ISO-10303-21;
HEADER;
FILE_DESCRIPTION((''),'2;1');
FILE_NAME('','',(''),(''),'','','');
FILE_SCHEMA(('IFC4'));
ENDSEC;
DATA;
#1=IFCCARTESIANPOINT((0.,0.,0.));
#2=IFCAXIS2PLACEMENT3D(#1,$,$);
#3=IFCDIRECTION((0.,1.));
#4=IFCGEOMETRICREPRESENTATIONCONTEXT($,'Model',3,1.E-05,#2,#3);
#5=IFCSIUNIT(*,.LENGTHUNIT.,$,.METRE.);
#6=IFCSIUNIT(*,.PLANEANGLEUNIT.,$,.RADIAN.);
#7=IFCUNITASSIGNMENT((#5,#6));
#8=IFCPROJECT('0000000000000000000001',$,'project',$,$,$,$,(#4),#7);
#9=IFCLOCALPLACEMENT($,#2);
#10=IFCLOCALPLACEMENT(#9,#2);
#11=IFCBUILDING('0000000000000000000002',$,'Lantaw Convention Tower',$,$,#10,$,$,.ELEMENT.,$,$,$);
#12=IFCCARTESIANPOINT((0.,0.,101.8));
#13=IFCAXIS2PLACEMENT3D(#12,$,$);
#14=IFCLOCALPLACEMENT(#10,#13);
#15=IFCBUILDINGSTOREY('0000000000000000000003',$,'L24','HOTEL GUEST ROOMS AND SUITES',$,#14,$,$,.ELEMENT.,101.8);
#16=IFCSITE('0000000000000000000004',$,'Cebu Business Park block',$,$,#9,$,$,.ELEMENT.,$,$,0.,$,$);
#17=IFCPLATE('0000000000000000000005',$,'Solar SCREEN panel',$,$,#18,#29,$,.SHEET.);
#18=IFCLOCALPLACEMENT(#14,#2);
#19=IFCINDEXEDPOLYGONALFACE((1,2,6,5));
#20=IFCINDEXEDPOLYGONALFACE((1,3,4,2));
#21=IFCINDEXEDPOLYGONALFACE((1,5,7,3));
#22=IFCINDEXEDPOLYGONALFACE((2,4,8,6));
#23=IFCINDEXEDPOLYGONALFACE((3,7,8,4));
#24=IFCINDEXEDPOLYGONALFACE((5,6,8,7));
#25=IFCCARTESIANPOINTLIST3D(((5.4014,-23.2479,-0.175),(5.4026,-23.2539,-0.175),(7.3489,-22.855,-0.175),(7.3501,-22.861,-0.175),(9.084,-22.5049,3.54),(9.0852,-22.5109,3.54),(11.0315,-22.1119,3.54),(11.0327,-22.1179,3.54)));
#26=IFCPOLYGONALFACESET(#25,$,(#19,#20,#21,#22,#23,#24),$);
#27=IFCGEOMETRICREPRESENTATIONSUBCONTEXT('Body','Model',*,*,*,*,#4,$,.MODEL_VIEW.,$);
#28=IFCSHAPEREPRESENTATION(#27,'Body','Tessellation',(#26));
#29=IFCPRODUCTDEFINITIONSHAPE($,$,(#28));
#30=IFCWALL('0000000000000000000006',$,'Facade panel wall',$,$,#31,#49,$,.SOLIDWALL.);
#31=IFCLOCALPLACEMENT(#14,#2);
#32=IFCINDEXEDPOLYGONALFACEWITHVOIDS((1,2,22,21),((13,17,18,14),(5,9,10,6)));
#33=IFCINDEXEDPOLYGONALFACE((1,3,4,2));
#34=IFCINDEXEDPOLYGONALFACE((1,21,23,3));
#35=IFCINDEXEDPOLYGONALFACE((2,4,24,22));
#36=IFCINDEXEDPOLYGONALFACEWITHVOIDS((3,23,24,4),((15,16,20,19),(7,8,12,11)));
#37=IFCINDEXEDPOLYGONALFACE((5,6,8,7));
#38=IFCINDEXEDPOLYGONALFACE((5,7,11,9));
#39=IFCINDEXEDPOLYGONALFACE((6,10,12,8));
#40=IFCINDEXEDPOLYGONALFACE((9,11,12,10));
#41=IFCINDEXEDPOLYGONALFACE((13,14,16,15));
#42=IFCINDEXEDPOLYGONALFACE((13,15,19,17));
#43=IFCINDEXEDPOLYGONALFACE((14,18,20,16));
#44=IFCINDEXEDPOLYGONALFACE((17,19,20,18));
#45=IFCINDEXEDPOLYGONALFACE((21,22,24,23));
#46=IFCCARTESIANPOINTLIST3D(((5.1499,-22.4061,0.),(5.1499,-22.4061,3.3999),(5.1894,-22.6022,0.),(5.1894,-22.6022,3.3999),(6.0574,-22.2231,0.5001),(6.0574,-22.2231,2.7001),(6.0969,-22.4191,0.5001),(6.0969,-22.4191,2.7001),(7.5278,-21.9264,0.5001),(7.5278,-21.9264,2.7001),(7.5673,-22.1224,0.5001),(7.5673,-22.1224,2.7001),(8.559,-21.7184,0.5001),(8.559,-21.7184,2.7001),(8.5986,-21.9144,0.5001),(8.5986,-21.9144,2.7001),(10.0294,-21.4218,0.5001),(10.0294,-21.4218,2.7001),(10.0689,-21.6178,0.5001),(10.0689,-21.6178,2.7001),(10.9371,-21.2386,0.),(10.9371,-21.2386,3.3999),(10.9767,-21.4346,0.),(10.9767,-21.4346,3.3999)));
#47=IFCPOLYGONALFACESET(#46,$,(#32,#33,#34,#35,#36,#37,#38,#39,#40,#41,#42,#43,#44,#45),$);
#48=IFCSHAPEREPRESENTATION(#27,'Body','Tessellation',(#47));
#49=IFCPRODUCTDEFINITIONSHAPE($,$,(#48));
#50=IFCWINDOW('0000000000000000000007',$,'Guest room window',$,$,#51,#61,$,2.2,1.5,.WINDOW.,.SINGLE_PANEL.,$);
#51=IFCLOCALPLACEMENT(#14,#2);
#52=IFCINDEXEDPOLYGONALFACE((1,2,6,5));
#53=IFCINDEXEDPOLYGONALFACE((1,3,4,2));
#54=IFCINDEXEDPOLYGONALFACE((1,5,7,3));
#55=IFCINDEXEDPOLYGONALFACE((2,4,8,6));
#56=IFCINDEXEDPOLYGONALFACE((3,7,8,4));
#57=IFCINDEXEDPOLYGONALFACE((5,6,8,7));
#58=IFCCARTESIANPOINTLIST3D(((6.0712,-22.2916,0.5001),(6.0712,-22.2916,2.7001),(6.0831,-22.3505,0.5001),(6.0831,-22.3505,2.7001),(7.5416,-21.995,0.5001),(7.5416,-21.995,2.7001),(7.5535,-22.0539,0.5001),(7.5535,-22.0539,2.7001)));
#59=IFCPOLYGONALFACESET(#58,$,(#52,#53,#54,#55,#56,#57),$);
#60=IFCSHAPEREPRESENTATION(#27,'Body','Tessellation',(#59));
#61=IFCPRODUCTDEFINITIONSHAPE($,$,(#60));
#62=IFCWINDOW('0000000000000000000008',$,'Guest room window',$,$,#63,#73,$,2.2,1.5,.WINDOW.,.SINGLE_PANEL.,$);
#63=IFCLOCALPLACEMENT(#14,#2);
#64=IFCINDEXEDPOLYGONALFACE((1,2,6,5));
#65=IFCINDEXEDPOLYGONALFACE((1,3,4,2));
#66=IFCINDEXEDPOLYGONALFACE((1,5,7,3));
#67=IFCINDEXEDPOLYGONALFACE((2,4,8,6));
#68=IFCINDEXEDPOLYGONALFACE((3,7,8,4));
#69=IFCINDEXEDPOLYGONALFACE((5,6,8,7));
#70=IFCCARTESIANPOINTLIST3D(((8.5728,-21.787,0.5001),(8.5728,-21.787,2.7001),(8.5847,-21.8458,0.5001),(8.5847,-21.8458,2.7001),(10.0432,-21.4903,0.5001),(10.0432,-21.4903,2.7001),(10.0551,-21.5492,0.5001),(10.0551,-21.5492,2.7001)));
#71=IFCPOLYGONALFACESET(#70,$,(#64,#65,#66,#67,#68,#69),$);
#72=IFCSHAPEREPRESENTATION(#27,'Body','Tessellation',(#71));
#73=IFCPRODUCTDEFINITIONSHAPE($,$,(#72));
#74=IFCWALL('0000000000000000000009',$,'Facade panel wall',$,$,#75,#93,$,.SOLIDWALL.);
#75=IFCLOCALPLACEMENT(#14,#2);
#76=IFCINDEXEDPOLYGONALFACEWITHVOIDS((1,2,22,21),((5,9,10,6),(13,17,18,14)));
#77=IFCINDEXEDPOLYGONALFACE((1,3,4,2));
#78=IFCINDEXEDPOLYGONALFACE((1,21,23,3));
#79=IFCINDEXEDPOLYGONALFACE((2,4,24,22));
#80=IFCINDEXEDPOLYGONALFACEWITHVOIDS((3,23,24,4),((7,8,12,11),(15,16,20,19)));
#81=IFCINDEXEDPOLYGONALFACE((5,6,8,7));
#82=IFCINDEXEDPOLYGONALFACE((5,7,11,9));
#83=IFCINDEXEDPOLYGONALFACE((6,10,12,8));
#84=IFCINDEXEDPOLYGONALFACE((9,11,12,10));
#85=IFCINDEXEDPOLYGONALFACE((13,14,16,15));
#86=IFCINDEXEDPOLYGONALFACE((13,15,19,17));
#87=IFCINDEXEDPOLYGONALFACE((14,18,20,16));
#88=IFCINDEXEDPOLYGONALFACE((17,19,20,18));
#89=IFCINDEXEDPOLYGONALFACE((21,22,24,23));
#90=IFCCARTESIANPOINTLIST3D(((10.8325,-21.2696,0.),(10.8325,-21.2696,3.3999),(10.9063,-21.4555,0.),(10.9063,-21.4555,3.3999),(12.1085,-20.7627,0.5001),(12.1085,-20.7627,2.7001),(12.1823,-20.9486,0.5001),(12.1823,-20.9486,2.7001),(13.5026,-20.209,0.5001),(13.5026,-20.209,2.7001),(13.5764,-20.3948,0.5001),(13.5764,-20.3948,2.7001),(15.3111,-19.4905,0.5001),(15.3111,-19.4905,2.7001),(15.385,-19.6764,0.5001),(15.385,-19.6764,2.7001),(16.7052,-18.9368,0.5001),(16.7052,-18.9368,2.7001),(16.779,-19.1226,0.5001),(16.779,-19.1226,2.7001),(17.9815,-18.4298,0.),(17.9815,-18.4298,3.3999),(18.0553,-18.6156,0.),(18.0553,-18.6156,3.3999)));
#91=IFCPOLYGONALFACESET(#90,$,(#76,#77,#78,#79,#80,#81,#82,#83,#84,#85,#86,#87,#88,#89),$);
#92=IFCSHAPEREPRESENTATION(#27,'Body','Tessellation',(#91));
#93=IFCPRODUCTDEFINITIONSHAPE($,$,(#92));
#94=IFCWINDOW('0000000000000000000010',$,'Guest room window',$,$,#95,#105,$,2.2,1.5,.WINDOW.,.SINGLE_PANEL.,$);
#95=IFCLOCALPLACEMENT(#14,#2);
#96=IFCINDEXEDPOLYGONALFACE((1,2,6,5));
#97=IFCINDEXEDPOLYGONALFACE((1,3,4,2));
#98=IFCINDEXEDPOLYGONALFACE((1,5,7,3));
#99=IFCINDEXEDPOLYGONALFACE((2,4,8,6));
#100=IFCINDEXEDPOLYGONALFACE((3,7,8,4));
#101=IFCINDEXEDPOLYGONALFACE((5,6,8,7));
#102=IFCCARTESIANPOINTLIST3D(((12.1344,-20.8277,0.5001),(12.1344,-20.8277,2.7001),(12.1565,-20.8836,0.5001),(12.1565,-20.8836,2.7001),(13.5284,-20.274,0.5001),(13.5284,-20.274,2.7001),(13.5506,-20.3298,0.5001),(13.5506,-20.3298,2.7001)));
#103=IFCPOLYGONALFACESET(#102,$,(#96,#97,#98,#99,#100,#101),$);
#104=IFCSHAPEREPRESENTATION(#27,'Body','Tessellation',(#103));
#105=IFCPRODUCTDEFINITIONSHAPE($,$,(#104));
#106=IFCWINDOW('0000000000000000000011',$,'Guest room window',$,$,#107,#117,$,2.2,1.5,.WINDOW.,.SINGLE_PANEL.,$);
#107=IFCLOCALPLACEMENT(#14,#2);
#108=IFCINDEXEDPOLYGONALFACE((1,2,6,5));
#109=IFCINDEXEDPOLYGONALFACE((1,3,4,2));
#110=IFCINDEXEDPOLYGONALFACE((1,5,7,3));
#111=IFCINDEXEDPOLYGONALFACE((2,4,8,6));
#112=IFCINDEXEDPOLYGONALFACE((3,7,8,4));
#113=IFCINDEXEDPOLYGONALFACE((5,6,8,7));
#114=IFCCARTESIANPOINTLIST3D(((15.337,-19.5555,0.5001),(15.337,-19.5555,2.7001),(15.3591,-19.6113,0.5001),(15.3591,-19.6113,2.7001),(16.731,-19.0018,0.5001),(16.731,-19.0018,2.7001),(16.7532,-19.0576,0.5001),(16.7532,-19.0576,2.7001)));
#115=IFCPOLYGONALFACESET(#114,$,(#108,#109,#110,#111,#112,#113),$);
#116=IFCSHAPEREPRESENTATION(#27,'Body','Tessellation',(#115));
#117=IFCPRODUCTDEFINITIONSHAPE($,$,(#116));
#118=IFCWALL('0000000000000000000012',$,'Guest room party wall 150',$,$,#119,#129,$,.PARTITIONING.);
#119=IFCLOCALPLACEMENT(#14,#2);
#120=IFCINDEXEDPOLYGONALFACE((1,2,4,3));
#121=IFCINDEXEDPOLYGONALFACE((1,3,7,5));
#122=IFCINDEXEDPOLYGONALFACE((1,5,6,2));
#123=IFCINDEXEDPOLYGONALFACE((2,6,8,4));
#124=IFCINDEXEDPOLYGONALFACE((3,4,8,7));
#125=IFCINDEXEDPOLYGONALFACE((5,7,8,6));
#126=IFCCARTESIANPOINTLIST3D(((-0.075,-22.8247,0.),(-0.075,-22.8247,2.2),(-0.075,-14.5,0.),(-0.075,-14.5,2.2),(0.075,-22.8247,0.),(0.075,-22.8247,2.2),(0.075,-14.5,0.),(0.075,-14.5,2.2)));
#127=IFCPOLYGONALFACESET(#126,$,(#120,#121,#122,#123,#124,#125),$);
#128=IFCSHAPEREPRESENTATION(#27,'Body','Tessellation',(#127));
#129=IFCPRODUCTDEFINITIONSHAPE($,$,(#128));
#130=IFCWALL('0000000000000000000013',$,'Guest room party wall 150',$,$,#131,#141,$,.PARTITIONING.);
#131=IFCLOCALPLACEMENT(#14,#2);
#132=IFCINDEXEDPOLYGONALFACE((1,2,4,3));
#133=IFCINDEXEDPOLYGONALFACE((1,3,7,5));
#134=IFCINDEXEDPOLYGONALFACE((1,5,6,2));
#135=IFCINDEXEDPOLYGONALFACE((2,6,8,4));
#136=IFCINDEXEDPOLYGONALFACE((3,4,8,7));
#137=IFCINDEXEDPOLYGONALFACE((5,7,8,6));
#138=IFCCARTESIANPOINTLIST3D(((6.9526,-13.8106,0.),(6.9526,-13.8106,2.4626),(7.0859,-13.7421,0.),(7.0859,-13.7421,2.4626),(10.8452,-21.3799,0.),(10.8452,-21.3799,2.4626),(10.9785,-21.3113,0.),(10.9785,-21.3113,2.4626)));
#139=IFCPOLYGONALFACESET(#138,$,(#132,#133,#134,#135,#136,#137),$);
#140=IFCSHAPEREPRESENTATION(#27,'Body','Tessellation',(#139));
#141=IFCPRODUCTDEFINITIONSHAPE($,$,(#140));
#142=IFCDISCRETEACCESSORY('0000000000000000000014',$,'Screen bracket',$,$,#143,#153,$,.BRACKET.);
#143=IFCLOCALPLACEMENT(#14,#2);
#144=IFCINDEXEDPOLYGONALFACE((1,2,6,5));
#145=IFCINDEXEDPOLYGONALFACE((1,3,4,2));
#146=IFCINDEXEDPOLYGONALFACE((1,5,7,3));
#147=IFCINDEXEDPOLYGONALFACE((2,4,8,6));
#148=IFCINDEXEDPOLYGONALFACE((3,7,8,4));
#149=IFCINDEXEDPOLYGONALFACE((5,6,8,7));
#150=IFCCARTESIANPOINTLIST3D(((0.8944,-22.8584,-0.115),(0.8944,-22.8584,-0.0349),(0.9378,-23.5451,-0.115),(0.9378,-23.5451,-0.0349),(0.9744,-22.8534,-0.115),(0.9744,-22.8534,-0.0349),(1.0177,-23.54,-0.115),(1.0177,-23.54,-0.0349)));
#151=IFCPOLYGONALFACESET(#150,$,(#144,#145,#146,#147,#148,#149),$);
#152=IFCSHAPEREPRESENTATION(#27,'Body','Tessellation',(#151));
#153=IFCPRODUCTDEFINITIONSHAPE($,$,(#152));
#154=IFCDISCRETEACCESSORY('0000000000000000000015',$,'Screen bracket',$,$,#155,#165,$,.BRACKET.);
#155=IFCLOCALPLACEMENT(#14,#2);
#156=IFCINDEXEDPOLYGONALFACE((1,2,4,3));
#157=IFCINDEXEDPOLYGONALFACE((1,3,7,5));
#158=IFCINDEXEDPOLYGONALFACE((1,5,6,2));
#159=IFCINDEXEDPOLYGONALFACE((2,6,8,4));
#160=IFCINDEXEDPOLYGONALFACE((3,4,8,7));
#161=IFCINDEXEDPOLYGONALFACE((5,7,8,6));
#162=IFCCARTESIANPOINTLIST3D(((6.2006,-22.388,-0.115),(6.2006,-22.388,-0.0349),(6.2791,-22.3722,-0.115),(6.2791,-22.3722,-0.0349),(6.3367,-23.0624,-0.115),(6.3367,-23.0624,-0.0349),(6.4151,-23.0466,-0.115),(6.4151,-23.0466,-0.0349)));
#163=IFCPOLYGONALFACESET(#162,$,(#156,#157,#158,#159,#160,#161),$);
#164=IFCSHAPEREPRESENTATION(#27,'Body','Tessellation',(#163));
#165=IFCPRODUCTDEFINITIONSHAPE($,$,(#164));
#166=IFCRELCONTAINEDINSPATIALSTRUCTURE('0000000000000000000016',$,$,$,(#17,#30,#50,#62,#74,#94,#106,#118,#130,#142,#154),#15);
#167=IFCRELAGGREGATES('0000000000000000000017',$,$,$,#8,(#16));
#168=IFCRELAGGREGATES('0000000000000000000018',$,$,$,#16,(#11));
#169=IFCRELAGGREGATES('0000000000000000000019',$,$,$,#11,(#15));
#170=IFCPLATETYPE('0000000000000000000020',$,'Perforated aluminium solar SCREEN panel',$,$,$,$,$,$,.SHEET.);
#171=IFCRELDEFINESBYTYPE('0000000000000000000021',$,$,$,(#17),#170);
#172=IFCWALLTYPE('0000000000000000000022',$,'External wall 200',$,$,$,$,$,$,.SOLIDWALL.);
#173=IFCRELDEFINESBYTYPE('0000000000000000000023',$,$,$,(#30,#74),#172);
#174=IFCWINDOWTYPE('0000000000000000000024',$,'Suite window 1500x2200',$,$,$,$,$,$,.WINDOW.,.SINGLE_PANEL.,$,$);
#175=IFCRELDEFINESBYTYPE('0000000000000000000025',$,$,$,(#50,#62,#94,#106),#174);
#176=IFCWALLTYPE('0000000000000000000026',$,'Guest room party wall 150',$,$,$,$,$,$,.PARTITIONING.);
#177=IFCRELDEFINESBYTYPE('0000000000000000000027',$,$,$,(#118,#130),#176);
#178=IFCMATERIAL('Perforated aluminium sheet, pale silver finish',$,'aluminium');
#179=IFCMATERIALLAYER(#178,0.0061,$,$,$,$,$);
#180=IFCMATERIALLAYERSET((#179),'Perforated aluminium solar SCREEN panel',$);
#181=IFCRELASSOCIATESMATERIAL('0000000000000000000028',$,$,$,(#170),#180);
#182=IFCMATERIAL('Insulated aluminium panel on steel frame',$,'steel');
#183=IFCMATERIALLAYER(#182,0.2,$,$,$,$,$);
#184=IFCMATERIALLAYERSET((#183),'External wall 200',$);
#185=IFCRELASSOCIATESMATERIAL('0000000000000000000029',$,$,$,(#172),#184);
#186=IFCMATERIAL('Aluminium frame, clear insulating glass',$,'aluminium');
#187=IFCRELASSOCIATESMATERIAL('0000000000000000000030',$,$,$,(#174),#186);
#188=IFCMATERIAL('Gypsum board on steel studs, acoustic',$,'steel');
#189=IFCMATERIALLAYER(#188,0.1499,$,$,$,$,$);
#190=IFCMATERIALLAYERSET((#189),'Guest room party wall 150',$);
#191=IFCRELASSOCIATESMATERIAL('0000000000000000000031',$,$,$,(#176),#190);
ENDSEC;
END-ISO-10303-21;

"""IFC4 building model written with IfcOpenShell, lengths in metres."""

from ifc_helpers import new_model, si_unit, direction, frame, frame_2d, origin, origin_2d, place, context, subcontext, project, spatial, polyline, rectangle, outline, extrude, material, layer, layer_set, type_object, element, fill, save


model = new_model("IFC4")

# Units and contexts
model_context = context("Model", 3, precision=1e-05, world=origin(), true_north=direction((0.0, 1.0)))
body_context = subcontext(model_context, "Body", "Model", "MODEL_VIEW")
ifc_project = project(units=[si_unit("LENGTHUNIT", "METRE"), si_unit("PLANEANGLEUNIT", "RADIAN")], contexts=[model_context])

# Site, building, storey
site_placement = place(None, origin())
site = spatial("IfcSite", under=ifc_project, at=site_placement, Name="Cebu Business Park block", CompositionType="ELEMENT", RefElevation=0.0)
building_placement = place(site_placement, origin())
building = spatial("IfcBuilding", under=site, at=building_placement, Name="Lantaw Convention Tower", CompositionType="ELEMENT")
storey_placement = place(building_placement, frame((0.0, 0.0, 101.8)))
storey = spatial("IfcBuildingStorey", under=building, at=storey_placement, Name="L24", Description="HOTEL GUEST ROOMS AND SUITES", CompositionType="ELEMENT", Elevation=101.8)

# Plate
ifc_material_1 = material(Name="Perforated aluminium sheet, pale silver finish", Category="aluminium")
ifc_layer_1 = layer(ifc_material_1, 0.0061)
ifc_layer_set_1 = layer_set([ifc_layer_1], Name="Perforated aluminium solar SCREEN panel")
plate_type = type_object("IfcPlateType", Name="Perforated aluminium solar SCREEN panel", PredefinedType="SHEET", material=ifc_layer_set_1)
plate_1_placement = place(storey_placement, frame((5.4026, -23.2539, -0.175), z_axis=(0.197782, -0.980246, 0.000002), x_axis=(0.980246, 0.197782, 0.0)))
element("IfcPlate", 1, at=plate_1_placement, inside=storey, type_object=plate_type, Name="Solar SCREEN panel", PredefinedType="SHEET", context=body_context, shape_type="SweptSolid", body=[
    extrude(outline(polyline([(0.0, 0.0), (1.9867, 0.0), (5.7436, 3.7151), (3.7568, 3.7151), (0.0, 0.0)])), origin(), (0.0, 0.0, -1.0), 0.0061),
])

# Walls, openings, windows
ifc_material_2 = material(Name="Insulated aluminium panel on steel frame", Category="steel")
ifc_layer_2 = layer(ifc_material_2, 0.2)
ifc_layer_set_2 = layer_set([ifc_layer_2], Name="External wall 200")
wall_type_1 = type_object("IfcWallType", Name="External wall 200", PredefinedType="SOLIDWALL", material=ifc_layer_set_2)
wall_1_placement = place(storey_placement, frame((5.1697, -22.5042, 0.0), z_axis=(0.0, 0.0, 1.0), x_axis=(0.980252, 0.197754, 0.0)))
wall_1 = element("IfcWall", 2, at=wall_1_placement, inside=storey, type_object=wall_type_1, Name="Facade panel wall", PredefinedType="SOLIDWALL", context=body_context, shape_type="SweptSolid", body=[
    extrude(rectangle(XDim=5.9038, YDim=0.2, at=frame_2d((2.9519, 0.0))), origin(), (0.0, 0.0, 1.0), 3.3999),
])
opening_1_placement = place(wall_1_placement, frame((0.9258, 0.0, 0.5)))
opening_1 = element("IfcOpeningElement", 3, at=opening_1_placement, cuts=wall_1, PredefinedType="OPENING", context=body_context, shape_type="SweptSolid", body=[
    extrude(rectangle(XDim=1.5, YDim=2.2, at=frame_2d((0.75, 1.1001))), frame((0.0, 0.1099, 0.0), z_axis=(0.0, -1.0, 0.0), x_axis=(1.0, 0.0, 0.0)), (0.0, 0.0, 1.0), 0.22),
])
opening_2_placement = place(wall_1_placement, frame((3.4778, 0.0, 0.5)))
opening_2 = element("IfcOpeningElement", 4, at=opening_2_placement, cuts=wall_1, PredefinedType="OPENING", context=body_context, shape_type="SweptSolid", body=[
    extrude(rectangle(XDim=1.5, YDim=2.2, at=frame_2d((0.75, 1.1001))), frame((0.0, 0.1099, 0.0), z_axis=(0.0, -1.0, 0.0), x_axis=(1.0, 0.0, 0.0)), (0.0, 0.0, 1.0), 0.22),
])
ifc_material_3 = material(Name="Aluminium frame, clear insulating glass", Category="aluminium")
window_type = type_object("IfcWindowType", Name="Suite window 1500x2200", PartitioningType="SINGLE_PANEL", PredefinedType="WINDOW", material=ifc_material_3)
window_1_placement = place(opening_1_placement, origin())
window_1 = element("IfcWindow", 5, at=window_1_placement, inside=storey, type_object=window_type, Name="Guest room window", OverallHeight=2.2, OverallWidth=1.5, PartitioningType="SINGLE_PANEL", PredefinedType="WINDOW", context=body_context, shape_type="SweptSolid", body=[
    extrude(rectangle(XDim=1.5, YDim=2.2, at=frame_2d((0.75, 1.1001))), frame((0.0, 0.03, 0.0), z_axis=(0.0, -1.0, 0.0), x_axis=(1.0, 0.0, 0.0)), (0.0, 0.0, 1.0), 0.0601),
])
fill(opening_1, window_1)
window_2_placement = place(opening_2_placement, origin())
window_2 = element("IfcWindow", 6, at=window_2_placement, inside=storey, type_object=window_type, Name="Guest room window", OverallHeight=2.2, OverallWidth=1.5, PartitioningType="SINGLE_PANEL", PredefinedType="WINDOW", context=body_context, shape_type="SweptSolid", body=[
    extrude(rectangle(XDim=1.5, YDim=2.2, at=frame_2d((0.75, 1.1001))), frame((0.0, 0.03, 0.0), z_axis=(0.0, -1.0, 0.0), x_axis=(1.0, 0.0, 0.0)), (0.0, 0.0, 1.0), 0.0601),
])
fill(opening_2, window_2)
wall_2_placement = place(storey_placement, frame((10.8694, -21.3625, 0.0), z_axis=(0.0, 0.0, 1.0), x_axis=(0.929358, 0.369179, 0.0)))
wall_2 = element("IfcWall", 7, at=wall_2_placement, inside=storey, type_object=wall_type_1, Name="Facade panel wall", PredefinedType="SOLIDWALL", context=body_context, shape_type="SweptSolid", body=[
    extrude(rectangle(XDim=7.6924, YDim=0.2, at=frame_2d((3.8462, 0.0))), origin(), (0.0, 0.0, 1.0), 3.3999),
])
opening_3_placement = place(wall_2_placement, frame((1.373, 0.0, 0.5)))
opening_3 = element("IfcOpeningElement", 8, at=opening_3_placement, cuts=wall_2, PredefinedType="OPENING", context=body_context, shape_type="SweptSolid", body=[
    extrude(rectangle(XDim=1.5, YDim=2.2, at=frame_2d((0.75, 1.1001))), frame((0.0, 0.1099, 0.0), z_axis=(0.0, -1.0, 0.0), x_axis=(1.0, 0.0, 0.0)), (0.0, 0.0, 1.0), 0.22),
])
opening_4_placement = place(wall_2_placement, frame((4.8191, 0.0, 0.5)))
opening_4 = element("IfcOpeningElement", 9, at=opening_4_placement, cuts=wall_2, PredefinedType="OPENING", context=body_context, shape_type="SweptSolid", body=[
    extrude(rectangle(XDim=1.5, YDim=2.2, at=frame_2d((0.75, 1.1001))), frame((0.0, 0.1099, 0.0), z_axis=(0.0, -1.0, 0.0), x_axis=(1.0, 0.0, 0.0)), (0.0, 0.0, 1.0), 0.22),
])
window_3_placement = place(opening_3_placement, origin())
window_3 = element("IfcWindow", 10, at=window_3_placement, inside=storey, type_object=window_type, Name="Guest room window", OverallHeight=2.2, OverallWidth=1.5, PartitioningType="SINGLE_PANEL", PredefinedType="WINDOW", context=body_context, shape_type="SweptSolid", body=[
    extrude(rectangle(XDim=1.5, YDim=2.2, at=frame_2d((0.75, 1.1001))), frame((0.0, 0.03, 0.0), z_axis=(0.0, -1.0, 0.0), x_axis=(1.0, 0.0, 0.0)), (0.0, 0.0, 1.0), 0.0601),
])
fill(opening_3, window_3)
window_4_placement = place(opening_4_placement, origin())
window_4 = element("IfcWindow", 11, at=window_4_placement, inside=storey, type_object=window_type, Name="Guest room window", OverallHeight=2.2, OverallWidth=1.5, PartitioningType="SINGLE_PANEL", PredefinedType="WINDOW", context=body_context, shape_type="SweptSolid", body=[
    extrude(rectangle(XDim=1.5, YDim=2.2, at=frame_2d((0.75, 1.1001))), frame((0.0, 0.03, 0.0), z_axis=(0.0, -1.0, 0.0), x_axis=(1.0, 0.0, 0.0)), (0.0, 0.0, 1.0), 0.0601),
])
fill(opening_4, window_4)

# Walls
ifc_material_4 = material(Name="Gypsum board on steel studs, acoustic", Category="steel")
ifc_layer_3 = layer(ifc_material_4, 0.1499)
ifc_layer_set_3 = layer_set([ifc_layer_3], Name="Guest room party wall 150")
wall_type_2 = type_object("IfcWallType", Name="Guest room party wall 150", PredefinedType="PARTITIONING", material=ifc_layer_set_3)
wall_3_placement = place(storey_placement, frame((0.0, -22.8247, 0.0), z_axis=(0.0, 0.0, 1.0), x_axis=(0.0, 1.0, 0.0)))
element("IfcWall", 12, at=wall_3_placement, inside=storey, type_object=wall_type_2, Name="Guest room party wall 150", PredefinedType="PARTITIONING", context=body_context, shape_type="SweptSolid", body=[
    extrude(rectangle(XDim=8.3247, YDim=0.1499, at=frame_2d((4.1624, 0.0))), origin(), (0.0, 0.0, 1.0), 2.2),
])
wall_4_placement = place(storey_placement, frame((10.9119, -21.3457, 0.0), z_axis=(0.0, 0.0, 1.0), x_axis=(-0.457327, 0.889298, 0.0)))
element("IfcWall", 13, at=wall_4_placement, inside=storey, type_object=wall_type_2, Name="Guest room party wall 150", PredefinedType="PARTITIONING", context=body_context, shape_type="SweptSolid", body=[
    extrude(rectangle(XDim=8.5115, YDim=0.1499, at=frame_2d((4.2559, 0.0))), origin(), (0.0, 0.0, 1.0), 2.4626),
])

# Discrete accessories
for number, where, z_axis, x_axis, name in (
    (14, (0.9561, -23.1992, -0.115), (0.0, 0.0, 1.0), (0.998016, 0.062958, 0.0), "Screen bracket"),
    (15, (6.3079, -22.7173, -0.115), (0.0, 0.0, 1.0), (0.980245, 0.197789, 0.0), "Screen bracket"),
):
    element("IfcDiscreteAccessory", number, at=place(storey_placement, frame(where, z_axis=z_axis, x_axis=x_axis)), inside=storey, Name=name, PredefinedType="BRACKET", context=body_context, shape_type="SweptSolid", body=[
        extrude(rectangle(XDim=0.0801, YDim=0.688, at=origin_2d()), origin(), (0.0, 0.0, 1.0), 0.0801),
    ])

save(model, "model.ifc")
